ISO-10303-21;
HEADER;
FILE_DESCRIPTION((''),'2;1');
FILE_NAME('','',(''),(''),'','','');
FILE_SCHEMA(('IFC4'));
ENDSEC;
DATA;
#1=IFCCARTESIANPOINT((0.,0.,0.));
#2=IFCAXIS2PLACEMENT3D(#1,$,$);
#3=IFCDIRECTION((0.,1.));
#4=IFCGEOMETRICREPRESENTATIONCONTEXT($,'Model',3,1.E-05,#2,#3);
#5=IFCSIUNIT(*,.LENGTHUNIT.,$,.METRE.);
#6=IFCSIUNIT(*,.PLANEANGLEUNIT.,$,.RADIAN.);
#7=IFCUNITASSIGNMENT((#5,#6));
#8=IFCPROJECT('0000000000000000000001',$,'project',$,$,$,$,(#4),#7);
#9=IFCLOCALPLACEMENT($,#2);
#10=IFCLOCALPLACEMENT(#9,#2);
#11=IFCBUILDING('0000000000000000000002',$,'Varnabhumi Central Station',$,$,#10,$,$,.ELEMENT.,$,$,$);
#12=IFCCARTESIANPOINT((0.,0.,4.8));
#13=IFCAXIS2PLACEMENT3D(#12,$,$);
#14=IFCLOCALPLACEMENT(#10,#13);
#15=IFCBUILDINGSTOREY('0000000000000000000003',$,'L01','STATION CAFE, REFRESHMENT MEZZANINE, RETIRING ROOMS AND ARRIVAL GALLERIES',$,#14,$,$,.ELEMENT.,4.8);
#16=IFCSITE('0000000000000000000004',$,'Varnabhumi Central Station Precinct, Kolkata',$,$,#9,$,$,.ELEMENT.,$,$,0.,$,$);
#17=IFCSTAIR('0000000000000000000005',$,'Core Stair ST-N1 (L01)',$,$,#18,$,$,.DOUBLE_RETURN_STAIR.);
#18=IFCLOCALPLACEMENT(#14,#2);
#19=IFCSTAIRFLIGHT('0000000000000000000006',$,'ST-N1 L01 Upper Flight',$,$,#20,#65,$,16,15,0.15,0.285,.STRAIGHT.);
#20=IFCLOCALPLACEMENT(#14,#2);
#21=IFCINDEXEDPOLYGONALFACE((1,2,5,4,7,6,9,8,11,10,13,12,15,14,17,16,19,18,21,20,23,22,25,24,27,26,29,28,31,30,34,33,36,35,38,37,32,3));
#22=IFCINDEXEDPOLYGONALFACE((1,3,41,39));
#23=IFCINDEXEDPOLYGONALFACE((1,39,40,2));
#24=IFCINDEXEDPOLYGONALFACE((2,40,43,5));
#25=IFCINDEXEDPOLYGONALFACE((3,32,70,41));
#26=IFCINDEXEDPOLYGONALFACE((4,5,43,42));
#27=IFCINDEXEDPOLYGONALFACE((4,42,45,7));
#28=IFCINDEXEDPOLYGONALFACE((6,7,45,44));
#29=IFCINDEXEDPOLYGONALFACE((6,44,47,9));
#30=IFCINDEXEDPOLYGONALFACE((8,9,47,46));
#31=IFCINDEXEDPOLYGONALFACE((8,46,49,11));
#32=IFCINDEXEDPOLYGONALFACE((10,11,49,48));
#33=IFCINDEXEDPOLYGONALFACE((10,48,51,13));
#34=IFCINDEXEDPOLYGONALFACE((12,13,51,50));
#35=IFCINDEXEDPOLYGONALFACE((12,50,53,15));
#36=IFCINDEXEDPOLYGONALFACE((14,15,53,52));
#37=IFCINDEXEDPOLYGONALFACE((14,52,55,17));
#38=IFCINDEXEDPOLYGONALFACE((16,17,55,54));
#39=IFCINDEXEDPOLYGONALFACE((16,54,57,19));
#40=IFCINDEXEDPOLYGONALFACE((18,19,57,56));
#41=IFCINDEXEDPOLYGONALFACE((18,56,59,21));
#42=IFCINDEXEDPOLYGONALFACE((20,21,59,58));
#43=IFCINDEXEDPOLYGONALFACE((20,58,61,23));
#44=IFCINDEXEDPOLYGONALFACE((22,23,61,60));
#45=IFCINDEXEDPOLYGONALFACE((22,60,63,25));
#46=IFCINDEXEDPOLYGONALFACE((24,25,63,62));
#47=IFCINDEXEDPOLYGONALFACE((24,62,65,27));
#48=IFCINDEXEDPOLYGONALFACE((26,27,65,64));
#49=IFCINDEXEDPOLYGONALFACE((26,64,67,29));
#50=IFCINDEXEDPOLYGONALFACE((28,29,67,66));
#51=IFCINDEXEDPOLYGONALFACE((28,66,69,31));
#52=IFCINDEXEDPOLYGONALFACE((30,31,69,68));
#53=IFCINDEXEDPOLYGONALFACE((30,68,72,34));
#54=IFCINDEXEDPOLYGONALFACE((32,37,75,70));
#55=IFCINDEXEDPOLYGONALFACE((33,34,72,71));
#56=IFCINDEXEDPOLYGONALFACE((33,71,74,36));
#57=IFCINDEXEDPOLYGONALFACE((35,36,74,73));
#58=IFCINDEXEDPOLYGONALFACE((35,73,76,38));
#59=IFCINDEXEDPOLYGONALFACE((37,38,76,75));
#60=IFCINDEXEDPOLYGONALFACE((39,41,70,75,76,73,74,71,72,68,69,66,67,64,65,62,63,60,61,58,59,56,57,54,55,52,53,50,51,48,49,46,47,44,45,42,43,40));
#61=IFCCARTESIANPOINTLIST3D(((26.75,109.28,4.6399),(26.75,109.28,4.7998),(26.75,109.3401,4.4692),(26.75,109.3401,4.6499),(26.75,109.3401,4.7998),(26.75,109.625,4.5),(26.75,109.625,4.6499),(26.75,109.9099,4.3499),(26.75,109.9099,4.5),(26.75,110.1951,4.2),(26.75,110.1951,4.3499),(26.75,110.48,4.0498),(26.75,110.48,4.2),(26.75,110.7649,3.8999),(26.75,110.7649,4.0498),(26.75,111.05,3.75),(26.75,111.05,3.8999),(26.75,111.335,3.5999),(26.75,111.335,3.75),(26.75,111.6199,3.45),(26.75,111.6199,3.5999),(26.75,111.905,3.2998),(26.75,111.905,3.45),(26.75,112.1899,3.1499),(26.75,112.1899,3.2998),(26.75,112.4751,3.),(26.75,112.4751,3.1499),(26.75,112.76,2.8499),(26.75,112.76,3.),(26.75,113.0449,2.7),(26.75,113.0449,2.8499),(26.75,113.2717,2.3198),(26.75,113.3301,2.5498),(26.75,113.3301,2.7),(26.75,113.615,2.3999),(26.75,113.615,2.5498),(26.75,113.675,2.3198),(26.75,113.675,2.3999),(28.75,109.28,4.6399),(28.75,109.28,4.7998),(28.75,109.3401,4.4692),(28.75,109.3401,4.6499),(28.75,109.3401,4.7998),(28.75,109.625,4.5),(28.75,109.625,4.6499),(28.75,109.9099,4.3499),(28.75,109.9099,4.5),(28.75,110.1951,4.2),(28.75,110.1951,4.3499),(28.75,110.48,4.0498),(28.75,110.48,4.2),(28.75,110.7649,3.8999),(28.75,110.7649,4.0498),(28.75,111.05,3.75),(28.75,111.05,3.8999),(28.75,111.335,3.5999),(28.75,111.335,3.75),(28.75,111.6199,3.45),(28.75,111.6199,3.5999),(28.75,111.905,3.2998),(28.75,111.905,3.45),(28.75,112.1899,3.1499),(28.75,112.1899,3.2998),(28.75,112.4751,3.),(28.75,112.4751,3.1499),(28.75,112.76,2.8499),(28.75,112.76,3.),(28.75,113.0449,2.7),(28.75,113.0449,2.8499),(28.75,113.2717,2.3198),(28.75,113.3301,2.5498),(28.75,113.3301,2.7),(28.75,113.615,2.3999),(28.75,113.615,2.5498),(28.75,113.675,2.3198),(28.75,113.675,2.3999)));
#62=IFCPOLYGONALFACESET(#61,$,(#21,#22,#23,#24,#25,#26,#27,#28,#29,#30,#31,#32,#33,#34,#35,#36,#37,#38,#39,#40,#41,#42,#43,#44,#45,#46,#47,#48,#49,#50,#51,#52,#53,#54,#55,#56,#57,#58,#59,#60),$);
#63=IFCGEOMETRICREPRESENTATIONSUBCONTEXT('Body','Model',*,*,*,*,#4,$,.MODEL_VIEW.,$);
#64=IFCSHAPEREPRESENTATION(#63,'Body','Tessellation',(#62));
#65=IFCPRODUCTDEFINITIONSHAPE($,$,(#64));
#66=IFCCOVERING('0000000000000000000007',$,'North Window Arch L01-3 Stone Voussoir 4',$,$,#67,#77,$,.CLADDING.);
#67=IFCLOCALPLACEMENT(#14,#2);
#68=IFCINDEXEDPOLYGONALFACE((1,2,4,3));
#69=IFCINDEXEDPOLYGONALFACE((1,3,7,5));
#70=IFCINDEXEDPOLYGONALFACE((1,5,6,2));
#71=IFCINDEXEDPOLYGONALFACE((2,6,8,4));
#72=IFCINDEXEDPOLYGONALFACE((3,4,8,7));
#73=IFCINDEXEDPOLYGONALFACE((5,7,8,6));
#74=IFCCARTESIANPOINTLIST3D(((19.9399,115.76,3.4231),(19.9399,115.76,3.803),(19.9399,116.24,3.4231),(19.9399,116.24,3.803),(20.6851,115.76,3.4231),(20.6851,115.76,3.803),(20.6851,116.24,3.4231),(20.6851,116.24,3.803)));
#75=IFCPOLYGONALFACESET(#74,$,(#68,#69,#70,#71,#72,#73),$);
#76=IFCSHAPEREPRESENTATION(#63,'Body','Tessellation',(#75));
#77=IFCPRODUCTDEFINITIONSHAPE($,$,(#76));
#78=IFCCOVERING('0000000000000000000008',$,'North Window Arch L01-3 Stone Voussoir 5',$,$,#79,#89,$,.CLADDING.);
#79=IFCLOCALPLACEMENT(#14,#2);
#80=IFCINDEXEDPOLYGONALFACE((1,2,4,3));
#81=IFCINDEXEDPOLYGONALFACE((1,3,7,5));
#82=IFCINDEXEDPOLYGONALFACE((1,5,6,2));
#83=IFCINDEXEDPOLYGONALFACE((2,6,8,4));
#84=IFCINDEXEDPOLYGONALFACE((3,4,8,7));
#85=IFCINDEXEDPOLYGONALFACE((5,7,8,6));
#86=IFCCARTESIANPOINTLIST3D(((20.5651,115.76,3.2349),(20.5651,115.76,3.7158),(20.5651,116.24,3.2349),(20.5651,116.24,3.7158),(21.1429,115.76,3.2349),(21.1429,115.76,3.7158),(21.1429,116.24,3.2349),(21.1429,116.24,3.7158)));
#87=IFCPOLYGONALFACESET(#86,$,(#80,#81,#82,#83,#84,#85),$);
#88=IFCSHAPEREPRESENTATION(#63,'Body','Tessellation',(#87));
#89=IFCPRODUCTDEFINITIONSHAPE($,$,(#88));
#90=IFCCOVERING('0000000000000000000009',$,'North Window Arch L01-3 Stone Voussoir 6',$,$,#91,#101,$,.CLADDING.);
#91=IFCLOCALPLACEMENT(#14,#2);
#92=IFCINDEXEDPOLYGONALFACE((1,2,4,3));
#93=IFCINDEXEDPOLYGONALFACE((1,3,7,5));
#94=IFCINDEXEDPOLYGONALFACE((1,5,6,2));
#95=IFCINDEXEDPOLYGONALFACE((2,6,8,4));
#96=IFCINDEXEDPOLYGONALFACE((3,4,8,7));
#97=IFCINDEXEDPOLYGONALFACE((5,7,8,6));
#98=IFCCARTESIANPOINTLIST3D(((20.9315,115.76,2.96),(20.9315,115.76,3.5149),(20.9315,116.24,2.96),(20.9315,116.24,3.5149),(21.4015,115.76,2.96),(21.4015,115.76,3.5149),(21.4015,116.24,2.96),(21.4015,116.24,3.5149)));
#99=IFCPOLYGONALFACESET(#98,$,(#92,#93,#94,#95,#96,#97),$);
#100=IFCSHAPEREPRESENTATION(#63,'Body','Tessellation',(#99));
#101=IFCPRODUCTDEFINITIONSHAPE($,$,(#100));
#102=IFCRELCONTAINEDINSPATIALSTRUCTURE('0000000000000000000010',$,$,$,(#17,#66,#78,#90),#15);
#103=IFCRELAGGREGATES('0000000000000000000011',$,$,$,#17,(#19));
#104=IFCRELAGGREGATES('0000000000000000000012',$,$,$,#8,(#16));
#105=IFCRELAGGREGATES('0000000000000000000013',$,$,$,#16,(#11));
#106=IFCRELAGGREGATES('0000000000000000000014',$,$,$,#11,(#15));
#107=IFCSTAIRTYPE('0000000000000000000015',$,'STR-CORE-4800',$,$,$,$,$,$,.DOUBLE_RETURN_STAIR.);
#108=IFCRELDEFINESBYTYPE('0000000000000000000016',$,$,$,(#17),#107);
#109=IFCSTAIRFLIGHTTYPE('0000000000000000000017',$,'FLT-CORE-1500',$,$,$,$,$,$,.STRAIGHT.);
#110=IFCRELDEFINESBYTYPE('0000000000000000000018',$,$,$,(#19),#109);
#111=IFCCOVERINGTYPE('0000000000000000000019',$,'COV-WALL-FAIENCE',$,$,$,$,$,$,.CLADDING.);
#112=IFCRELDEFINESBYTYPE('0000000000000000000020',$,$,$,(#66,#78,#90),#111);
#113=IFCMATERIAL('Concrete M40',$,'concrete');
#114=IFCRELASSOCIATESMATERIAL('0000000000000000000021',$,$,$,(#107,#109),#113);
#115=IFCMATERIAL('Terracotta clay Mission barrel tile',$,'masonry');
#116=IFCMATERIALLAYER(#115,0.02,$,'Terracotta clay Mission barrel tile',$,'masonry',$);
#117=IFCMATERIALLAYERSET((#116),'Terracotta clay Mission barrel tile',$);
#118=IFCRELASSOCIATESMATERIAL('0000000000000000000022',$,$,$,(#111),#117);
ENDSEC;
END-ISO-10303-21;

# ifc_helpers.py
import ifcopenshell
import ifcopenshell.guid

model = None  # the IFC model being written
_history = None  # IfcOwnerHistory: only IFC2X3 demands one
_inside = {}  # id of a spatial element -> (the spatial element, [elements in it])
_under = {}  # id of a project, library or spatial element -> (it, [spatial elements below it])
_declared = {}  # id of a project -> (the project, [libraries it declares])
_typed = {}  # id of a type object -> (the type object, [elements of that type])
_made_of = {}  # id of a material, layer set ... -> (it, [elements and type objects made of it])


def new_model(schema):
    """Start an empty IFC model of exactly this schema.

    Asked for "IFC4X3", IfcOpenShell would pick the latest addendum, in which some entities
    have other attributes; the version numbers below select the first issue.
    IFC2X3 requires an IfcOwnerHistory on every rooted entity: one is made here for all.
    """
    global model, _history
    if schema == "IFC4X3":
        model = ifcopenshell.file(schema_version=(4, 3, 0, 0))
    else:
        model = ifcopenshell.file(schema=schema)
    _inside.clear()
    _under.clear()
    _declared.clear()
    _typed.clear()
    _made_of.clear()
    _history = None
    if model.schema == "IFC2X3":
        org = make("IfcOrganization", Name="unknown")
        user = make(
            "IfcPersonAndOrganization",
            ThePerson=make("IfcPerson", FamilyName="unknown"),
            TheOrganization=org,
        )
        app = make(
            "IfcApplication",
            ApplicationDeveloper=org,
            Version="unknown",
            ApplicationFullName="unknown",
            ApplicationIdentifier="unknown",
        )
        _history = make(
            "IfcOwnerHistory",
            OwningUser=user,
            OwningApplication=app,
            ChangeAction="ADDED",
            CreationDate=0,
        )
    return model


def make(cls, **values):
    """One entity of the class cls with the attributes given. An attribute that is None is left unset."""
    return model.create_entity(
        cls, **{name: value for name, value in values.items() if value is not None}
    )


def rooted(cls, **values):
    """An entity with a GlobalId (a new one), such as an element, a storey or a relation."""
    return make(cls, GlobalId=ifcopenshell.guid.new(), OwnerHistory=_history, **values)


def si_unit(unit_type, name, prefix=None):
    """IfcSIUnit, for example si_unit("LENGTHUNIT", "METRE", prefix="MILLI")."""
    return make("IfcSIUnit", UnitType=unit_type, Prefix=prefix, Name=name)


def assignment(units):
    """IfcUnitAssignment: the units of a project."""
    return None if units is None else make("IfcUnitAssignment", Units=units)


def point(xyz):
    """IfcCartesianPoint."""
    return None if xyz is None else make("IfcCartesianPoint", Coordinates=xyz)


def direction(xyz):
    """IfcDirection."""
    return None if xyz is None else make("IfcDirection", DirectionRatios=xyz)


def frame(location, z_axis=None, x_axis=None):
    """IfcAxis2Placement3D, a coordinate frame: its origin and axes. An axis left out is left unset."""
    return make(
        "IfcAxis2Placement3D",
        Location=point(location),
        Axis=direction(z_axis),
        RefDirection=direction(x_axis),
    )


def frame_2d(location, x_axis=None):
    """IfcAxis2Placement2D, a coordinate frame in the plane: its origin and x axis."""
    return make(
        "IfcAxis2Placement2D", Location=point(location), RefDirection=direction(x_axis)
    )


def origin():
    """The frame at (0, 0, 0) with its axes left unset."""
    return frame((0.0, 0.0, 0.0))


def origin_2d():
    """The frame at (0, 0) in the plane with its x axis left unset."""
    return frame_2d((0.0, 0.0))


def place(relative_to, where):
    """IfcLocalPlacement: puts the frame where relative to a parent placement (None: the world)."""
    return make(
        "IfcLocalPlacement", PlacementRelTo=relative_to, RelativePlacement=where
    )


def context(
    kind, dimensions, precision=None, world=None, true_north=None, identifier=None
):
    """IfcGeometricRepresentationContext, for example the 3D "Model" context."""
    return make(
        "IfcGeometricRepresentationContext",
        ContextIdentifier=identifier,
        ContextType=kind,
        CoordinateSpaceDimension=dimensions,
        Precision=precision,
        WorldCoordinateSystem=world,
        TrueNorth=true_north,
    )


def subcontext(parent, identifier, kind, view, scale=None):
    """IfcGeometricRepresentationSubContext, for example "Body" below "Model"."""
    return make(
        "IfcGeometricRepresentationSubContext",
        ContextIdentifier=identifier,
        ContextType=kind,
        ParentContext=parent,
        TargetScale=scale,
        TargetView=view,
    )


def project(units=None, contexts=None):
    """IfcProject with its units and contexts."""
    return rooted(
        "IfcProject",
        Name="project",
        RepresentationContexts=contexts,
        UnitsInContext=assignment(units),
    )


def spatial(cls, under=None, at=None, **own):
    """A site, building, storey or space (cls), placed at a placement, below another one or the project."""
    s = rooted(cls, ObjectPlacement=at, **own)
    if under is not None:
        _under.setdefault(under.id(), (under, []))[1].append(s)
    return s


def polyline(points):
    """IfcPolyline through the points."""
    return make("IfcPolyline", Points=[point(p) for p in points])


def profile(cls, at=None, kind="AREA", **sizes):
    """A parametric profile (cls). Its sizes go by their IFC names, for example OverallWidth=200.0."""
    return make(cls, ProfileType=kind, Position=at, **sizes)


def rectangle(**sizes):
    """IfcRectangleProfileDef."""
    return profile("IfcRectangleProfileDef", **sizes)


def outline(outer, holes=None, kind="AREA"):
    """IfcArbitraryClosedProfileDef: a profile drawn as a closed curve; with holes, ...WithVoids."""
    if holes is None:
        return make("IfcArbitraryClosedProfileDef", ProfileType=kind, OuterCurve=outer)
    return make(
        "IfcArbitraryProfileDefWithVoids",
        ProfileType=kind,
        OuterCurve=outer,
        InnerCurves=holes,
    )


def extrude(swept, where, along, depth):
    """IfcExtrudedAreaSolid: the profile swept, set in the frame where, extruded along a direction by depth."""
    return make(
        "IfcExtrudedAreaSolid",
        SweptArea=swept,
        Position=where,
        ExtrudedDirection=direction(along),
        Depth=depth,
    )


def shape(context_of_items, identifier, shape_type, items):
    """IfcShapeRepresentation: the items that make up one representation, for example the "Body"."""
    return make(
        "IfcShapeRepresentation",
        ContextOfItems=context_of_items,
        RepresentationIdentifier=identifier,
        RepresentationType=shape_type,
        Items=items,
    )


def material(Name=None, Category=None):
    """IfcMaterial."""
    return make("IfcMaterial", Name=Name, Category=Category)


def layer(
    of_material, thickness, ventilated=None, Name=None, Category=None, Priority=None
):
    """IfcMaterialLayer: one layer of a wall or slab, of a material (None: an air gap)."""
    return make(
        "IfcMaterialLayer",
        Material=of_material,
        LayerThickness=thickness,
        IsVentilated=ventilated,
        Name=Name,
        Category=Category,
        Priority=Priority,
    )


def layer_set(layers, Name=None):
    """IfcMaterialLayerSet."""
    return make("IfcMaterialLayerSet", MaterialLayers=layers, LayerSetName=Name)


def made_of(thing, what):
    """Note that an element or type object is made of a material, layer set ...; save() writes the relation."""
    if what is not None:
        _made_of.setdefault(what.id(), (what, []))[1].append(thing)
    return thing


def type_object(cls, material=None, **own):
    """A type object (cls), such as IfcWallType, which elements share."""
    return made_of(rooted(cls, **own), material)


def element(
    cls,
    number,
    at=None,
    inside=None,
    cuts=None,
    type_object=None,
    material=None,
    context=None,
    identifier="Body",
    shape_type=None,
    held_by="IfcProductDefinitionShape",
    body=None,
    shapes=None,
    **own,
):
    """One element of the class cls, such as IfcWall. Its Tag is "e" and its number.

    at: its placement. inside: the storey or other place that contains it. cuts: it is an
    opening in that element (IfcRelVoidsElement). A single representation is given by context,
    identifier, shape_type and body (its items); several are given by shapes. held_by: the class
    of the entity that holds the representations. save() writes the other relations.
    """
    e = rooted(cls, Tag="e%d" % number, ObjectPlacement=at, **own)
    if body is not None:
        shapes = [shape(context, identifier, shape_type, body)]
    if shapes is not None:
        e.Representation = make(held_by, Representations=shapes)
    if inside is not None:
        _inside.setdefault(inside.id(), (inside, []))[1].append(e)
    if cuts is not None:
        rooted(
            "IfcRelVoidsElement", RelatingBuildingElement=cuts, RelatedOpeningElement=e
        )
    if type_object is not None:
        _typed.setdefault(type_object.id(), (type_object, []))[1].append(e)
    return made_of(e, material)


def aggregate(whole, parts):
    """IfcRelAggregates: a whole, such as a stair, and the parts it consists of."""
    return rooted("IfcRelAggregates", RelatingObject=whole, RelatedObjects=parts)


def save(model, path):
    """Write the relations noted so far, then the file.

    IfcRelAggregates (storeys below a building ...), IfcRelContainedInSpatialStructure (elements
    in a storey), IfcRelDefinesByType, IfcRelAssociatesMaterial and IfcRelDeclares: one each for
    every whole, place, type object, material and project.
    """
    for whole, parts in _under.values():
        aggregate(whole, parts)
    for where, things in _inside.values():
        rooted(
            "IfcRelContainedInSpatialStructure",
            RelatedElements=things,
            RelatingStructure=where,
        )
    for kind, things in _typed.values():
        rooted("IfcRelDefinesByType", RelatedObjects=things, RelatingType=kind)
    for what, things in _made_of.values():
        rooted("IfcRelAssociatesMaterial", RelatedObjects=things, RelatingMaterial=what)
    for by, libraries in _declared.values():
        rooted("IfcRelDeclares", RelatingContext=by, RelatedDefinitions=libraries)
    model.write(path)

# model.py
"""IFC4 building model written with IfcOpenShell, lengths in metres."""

from ifc_helpers import new_model, si_unit, direction, frame, origin, origin_2d, place, context, subcontext, project, spatial, polyline, rectangle, outline, extrude, material, layer, layer_set, type_object, element, aggregate, save


model = new_model("IFC4")

# Units and contexts
model_context = context("Model", 3, precision=1e-05, world=origin(), true_north=direction((0.0, 1.0)))
body_context = subcontext(model_context, "Body", "Model", "MODEL_VIEW")
ifc_project = project(units=[si_unit("LENGTHUNIT", "METRE"), si_unit("PLANEANGLEUNIT", "RADIAN")], contexts=[model_context])

# Site, building, storey
site_placement = place(None, origin())
site = spatial("IfcSite", under=ifc_project, at=site_placement, Name="Varnabhumi Central Station Precinct, Kolkata", CompositionType="ELEMENT", RefElevation=0.0)
building_placement = place(site_placement, origin())
building = spatial("IfcBuilding", under=site, at=building_placement, Name="Varnabhumi Central Station", CompositionType="ELEMENT")
storey_placement = place(building_placement, frame((0.0, 0.0, 4.8)))
storey = spatial("IfcBuildingStorey", under=building, at=storey_placement, Name="L01", Description="STATION CAFE, REFRESHMENT MEZZANINE, RETIRING ROOMS AND ARRIVAL GALLERIES", CompositionType="ELEMENT", Elevation=4.8)

# Shared definitions
ifc_material_1 = material(Name="Concrete M40", Category="concrete")

# Stair, stair flight
stair_type = type_object("IfcStairType", Name="STR-CORE-4800", PredefinedType="DOUBLE_RETURN_STAIR", material=ifc_material_1)
stair_placement = place(storey_placement, origin())
stair = element("IfcStair", 1, at=stair_placement, inside=storey, type_object=stair_type, Name="Core Stair ST-N1 (L01)", PredefinedType="DOUBLE_RETURN_STAIR")
stair_flight_type = type_object("IfcStairFlightType", Name="FLT-CORE-1500", PredefinedType="STRAIGHT", material=ifc_material_1)
stair_flight_1_placement = place(storey_placement, frame((27.75, 113.615, 2.3999), z_axis=(0.0, 0.0, 1.0), x_axis=(0.0, -1.0, 0.0)))
stair_flight_1 = element("IfcStairFlight", 2, at=stair_flight_1_placement, type_object=stair_flight_type, Name="ST-N1 L01 Upper Flight", NumberOfRisers=16, NumberOfTreads=15, PredefinedType="STRAIGHT", RiserHeight=0.15, TreadLength=0.285, context=body_context, shape_type="SweptSolid", body=[
    extrude(outline(polyline([(-0.0601, -0.0801), (-0.0601, 0.0), (0.0, 0.0), (0.0, 0.1499), (0.2849, 0.1499), (0.2849, 0.3), (0.5701, 0.3), (0.5701, 0.45), (0.855, 0.45), (0.855, 0.6001), (1.1399, 0.6001), (1.1399, 0.75), (1.425, 0.75), (1.425, 0.8999), (1.71, 0.8999), (1.71, 1.05), (1.9951, 1.05), (1.9951, 1.2), (2.28, 1.2), (2.28, 1.3501), (2.5649, 1.3501), (2.5649, 1.5), (2.8501, 1.5), (2.8501, 1.6499), (3.135, 1.6499), (3.135, 1.8), (3.4199, 1.8), (3.4199, 1.95), (3.7051, 1.95), (3.7051, 2.1001), (3.99, 2.1001), (3.99, 2.25), (4.2749, 2.25), (4.2749, 2.3999), (4.335, 2.3999), (4.335, 2.24), (4.2749, 2.0693), (0.3433, -0.0801), (-0.0601, -0.0801)])), frame((0.0, 1.0, 0.0), z_axis=(0.0, -1.0, 0.0), x_axis=(1.0, 0.0, 0.0)), (0.0, 0.0, 1.0), 2.0),
])
aggregate(stair, [stair_flight_1])

# Coverings
ifc_material_2 = material(Name="Terracotta clay Mission barrel tile", Category="masonry")
ifc_layer_1 = layer(ifc_material_2, 0.02, Name="Terracotta clay Mission barrel tile", Category="masonry")
ifc_layer_set_1 = layer_set([ifc_layer_1], Name="Terracotta clay Mission barrel tile")
covering_type = type_object("IfcCoveringType", Name="COV-WALL-FAIENCE", PredefinedType="CLADDING", material=ifc_layer_set_1)
covering_1_placement = place(storey_placement, frame((20.3125, 116.0, 3.4231), z_axis=(0.0, 0.0, 1.0), x_axis=(1.0, 0.0, 0.0)))
element("IfcCovering", 3, at=covering_1_placement, inside=storey, type_object=covering_type, Name="North Window Arch L01-3 Stone Voussoir 4", PredefinedType="CLADDING", context=body_context, shape_type="SweptSolid", body=[
    extrude(rectangle(XDim=0.7451, YDim=0.48, at=origin_2d()), origin(), (0.0, 0.0, 1.0), 0.3799),
])
covering_2_placement = place(storey_placement, frame((20.854, 116.0, 3.2349), z_axis=(0.0, 0.0, 1.0), x_axis=(1.0, 0.0, 0.0)))
element("IfcCovering", 4, at=covering_2_placement, inside=storey, type_object=covering_type, Name="North Window Arch L01-3 Stone Voussoir 5", PredefinedType="CLADDING", context=body_context, shape_type="SweptSolid", body=[
    extrude(rectangle(XDim=0.5779, YDim=0.48, at=origin_2d()), origin(), (0.0, 0.0, 1.0), 0.481),
])
covering_3_placement = place(storey_placement, frame((21.1665, 116.0, 2.96), z_axis=(0.0, 0.0, 1.0), x_axis=(1.0, 0.0, 0.0)))
element("IfcCovering", 5, at=covering_3_placement, inside=storey, type_object=covering_type, Name="North Window Arch L01-3 Stone Voussoir 6", PredefinedType="CLADDING", context=body_context, shape_type="SweptSolid", body=[
    extrude(rectangle(XDim=0.47, YDim=0.48, at=origin_2d()), origin(), (0.0, 0.0, 1.0), 0.5549),
])

save(model, "model.ifc")
